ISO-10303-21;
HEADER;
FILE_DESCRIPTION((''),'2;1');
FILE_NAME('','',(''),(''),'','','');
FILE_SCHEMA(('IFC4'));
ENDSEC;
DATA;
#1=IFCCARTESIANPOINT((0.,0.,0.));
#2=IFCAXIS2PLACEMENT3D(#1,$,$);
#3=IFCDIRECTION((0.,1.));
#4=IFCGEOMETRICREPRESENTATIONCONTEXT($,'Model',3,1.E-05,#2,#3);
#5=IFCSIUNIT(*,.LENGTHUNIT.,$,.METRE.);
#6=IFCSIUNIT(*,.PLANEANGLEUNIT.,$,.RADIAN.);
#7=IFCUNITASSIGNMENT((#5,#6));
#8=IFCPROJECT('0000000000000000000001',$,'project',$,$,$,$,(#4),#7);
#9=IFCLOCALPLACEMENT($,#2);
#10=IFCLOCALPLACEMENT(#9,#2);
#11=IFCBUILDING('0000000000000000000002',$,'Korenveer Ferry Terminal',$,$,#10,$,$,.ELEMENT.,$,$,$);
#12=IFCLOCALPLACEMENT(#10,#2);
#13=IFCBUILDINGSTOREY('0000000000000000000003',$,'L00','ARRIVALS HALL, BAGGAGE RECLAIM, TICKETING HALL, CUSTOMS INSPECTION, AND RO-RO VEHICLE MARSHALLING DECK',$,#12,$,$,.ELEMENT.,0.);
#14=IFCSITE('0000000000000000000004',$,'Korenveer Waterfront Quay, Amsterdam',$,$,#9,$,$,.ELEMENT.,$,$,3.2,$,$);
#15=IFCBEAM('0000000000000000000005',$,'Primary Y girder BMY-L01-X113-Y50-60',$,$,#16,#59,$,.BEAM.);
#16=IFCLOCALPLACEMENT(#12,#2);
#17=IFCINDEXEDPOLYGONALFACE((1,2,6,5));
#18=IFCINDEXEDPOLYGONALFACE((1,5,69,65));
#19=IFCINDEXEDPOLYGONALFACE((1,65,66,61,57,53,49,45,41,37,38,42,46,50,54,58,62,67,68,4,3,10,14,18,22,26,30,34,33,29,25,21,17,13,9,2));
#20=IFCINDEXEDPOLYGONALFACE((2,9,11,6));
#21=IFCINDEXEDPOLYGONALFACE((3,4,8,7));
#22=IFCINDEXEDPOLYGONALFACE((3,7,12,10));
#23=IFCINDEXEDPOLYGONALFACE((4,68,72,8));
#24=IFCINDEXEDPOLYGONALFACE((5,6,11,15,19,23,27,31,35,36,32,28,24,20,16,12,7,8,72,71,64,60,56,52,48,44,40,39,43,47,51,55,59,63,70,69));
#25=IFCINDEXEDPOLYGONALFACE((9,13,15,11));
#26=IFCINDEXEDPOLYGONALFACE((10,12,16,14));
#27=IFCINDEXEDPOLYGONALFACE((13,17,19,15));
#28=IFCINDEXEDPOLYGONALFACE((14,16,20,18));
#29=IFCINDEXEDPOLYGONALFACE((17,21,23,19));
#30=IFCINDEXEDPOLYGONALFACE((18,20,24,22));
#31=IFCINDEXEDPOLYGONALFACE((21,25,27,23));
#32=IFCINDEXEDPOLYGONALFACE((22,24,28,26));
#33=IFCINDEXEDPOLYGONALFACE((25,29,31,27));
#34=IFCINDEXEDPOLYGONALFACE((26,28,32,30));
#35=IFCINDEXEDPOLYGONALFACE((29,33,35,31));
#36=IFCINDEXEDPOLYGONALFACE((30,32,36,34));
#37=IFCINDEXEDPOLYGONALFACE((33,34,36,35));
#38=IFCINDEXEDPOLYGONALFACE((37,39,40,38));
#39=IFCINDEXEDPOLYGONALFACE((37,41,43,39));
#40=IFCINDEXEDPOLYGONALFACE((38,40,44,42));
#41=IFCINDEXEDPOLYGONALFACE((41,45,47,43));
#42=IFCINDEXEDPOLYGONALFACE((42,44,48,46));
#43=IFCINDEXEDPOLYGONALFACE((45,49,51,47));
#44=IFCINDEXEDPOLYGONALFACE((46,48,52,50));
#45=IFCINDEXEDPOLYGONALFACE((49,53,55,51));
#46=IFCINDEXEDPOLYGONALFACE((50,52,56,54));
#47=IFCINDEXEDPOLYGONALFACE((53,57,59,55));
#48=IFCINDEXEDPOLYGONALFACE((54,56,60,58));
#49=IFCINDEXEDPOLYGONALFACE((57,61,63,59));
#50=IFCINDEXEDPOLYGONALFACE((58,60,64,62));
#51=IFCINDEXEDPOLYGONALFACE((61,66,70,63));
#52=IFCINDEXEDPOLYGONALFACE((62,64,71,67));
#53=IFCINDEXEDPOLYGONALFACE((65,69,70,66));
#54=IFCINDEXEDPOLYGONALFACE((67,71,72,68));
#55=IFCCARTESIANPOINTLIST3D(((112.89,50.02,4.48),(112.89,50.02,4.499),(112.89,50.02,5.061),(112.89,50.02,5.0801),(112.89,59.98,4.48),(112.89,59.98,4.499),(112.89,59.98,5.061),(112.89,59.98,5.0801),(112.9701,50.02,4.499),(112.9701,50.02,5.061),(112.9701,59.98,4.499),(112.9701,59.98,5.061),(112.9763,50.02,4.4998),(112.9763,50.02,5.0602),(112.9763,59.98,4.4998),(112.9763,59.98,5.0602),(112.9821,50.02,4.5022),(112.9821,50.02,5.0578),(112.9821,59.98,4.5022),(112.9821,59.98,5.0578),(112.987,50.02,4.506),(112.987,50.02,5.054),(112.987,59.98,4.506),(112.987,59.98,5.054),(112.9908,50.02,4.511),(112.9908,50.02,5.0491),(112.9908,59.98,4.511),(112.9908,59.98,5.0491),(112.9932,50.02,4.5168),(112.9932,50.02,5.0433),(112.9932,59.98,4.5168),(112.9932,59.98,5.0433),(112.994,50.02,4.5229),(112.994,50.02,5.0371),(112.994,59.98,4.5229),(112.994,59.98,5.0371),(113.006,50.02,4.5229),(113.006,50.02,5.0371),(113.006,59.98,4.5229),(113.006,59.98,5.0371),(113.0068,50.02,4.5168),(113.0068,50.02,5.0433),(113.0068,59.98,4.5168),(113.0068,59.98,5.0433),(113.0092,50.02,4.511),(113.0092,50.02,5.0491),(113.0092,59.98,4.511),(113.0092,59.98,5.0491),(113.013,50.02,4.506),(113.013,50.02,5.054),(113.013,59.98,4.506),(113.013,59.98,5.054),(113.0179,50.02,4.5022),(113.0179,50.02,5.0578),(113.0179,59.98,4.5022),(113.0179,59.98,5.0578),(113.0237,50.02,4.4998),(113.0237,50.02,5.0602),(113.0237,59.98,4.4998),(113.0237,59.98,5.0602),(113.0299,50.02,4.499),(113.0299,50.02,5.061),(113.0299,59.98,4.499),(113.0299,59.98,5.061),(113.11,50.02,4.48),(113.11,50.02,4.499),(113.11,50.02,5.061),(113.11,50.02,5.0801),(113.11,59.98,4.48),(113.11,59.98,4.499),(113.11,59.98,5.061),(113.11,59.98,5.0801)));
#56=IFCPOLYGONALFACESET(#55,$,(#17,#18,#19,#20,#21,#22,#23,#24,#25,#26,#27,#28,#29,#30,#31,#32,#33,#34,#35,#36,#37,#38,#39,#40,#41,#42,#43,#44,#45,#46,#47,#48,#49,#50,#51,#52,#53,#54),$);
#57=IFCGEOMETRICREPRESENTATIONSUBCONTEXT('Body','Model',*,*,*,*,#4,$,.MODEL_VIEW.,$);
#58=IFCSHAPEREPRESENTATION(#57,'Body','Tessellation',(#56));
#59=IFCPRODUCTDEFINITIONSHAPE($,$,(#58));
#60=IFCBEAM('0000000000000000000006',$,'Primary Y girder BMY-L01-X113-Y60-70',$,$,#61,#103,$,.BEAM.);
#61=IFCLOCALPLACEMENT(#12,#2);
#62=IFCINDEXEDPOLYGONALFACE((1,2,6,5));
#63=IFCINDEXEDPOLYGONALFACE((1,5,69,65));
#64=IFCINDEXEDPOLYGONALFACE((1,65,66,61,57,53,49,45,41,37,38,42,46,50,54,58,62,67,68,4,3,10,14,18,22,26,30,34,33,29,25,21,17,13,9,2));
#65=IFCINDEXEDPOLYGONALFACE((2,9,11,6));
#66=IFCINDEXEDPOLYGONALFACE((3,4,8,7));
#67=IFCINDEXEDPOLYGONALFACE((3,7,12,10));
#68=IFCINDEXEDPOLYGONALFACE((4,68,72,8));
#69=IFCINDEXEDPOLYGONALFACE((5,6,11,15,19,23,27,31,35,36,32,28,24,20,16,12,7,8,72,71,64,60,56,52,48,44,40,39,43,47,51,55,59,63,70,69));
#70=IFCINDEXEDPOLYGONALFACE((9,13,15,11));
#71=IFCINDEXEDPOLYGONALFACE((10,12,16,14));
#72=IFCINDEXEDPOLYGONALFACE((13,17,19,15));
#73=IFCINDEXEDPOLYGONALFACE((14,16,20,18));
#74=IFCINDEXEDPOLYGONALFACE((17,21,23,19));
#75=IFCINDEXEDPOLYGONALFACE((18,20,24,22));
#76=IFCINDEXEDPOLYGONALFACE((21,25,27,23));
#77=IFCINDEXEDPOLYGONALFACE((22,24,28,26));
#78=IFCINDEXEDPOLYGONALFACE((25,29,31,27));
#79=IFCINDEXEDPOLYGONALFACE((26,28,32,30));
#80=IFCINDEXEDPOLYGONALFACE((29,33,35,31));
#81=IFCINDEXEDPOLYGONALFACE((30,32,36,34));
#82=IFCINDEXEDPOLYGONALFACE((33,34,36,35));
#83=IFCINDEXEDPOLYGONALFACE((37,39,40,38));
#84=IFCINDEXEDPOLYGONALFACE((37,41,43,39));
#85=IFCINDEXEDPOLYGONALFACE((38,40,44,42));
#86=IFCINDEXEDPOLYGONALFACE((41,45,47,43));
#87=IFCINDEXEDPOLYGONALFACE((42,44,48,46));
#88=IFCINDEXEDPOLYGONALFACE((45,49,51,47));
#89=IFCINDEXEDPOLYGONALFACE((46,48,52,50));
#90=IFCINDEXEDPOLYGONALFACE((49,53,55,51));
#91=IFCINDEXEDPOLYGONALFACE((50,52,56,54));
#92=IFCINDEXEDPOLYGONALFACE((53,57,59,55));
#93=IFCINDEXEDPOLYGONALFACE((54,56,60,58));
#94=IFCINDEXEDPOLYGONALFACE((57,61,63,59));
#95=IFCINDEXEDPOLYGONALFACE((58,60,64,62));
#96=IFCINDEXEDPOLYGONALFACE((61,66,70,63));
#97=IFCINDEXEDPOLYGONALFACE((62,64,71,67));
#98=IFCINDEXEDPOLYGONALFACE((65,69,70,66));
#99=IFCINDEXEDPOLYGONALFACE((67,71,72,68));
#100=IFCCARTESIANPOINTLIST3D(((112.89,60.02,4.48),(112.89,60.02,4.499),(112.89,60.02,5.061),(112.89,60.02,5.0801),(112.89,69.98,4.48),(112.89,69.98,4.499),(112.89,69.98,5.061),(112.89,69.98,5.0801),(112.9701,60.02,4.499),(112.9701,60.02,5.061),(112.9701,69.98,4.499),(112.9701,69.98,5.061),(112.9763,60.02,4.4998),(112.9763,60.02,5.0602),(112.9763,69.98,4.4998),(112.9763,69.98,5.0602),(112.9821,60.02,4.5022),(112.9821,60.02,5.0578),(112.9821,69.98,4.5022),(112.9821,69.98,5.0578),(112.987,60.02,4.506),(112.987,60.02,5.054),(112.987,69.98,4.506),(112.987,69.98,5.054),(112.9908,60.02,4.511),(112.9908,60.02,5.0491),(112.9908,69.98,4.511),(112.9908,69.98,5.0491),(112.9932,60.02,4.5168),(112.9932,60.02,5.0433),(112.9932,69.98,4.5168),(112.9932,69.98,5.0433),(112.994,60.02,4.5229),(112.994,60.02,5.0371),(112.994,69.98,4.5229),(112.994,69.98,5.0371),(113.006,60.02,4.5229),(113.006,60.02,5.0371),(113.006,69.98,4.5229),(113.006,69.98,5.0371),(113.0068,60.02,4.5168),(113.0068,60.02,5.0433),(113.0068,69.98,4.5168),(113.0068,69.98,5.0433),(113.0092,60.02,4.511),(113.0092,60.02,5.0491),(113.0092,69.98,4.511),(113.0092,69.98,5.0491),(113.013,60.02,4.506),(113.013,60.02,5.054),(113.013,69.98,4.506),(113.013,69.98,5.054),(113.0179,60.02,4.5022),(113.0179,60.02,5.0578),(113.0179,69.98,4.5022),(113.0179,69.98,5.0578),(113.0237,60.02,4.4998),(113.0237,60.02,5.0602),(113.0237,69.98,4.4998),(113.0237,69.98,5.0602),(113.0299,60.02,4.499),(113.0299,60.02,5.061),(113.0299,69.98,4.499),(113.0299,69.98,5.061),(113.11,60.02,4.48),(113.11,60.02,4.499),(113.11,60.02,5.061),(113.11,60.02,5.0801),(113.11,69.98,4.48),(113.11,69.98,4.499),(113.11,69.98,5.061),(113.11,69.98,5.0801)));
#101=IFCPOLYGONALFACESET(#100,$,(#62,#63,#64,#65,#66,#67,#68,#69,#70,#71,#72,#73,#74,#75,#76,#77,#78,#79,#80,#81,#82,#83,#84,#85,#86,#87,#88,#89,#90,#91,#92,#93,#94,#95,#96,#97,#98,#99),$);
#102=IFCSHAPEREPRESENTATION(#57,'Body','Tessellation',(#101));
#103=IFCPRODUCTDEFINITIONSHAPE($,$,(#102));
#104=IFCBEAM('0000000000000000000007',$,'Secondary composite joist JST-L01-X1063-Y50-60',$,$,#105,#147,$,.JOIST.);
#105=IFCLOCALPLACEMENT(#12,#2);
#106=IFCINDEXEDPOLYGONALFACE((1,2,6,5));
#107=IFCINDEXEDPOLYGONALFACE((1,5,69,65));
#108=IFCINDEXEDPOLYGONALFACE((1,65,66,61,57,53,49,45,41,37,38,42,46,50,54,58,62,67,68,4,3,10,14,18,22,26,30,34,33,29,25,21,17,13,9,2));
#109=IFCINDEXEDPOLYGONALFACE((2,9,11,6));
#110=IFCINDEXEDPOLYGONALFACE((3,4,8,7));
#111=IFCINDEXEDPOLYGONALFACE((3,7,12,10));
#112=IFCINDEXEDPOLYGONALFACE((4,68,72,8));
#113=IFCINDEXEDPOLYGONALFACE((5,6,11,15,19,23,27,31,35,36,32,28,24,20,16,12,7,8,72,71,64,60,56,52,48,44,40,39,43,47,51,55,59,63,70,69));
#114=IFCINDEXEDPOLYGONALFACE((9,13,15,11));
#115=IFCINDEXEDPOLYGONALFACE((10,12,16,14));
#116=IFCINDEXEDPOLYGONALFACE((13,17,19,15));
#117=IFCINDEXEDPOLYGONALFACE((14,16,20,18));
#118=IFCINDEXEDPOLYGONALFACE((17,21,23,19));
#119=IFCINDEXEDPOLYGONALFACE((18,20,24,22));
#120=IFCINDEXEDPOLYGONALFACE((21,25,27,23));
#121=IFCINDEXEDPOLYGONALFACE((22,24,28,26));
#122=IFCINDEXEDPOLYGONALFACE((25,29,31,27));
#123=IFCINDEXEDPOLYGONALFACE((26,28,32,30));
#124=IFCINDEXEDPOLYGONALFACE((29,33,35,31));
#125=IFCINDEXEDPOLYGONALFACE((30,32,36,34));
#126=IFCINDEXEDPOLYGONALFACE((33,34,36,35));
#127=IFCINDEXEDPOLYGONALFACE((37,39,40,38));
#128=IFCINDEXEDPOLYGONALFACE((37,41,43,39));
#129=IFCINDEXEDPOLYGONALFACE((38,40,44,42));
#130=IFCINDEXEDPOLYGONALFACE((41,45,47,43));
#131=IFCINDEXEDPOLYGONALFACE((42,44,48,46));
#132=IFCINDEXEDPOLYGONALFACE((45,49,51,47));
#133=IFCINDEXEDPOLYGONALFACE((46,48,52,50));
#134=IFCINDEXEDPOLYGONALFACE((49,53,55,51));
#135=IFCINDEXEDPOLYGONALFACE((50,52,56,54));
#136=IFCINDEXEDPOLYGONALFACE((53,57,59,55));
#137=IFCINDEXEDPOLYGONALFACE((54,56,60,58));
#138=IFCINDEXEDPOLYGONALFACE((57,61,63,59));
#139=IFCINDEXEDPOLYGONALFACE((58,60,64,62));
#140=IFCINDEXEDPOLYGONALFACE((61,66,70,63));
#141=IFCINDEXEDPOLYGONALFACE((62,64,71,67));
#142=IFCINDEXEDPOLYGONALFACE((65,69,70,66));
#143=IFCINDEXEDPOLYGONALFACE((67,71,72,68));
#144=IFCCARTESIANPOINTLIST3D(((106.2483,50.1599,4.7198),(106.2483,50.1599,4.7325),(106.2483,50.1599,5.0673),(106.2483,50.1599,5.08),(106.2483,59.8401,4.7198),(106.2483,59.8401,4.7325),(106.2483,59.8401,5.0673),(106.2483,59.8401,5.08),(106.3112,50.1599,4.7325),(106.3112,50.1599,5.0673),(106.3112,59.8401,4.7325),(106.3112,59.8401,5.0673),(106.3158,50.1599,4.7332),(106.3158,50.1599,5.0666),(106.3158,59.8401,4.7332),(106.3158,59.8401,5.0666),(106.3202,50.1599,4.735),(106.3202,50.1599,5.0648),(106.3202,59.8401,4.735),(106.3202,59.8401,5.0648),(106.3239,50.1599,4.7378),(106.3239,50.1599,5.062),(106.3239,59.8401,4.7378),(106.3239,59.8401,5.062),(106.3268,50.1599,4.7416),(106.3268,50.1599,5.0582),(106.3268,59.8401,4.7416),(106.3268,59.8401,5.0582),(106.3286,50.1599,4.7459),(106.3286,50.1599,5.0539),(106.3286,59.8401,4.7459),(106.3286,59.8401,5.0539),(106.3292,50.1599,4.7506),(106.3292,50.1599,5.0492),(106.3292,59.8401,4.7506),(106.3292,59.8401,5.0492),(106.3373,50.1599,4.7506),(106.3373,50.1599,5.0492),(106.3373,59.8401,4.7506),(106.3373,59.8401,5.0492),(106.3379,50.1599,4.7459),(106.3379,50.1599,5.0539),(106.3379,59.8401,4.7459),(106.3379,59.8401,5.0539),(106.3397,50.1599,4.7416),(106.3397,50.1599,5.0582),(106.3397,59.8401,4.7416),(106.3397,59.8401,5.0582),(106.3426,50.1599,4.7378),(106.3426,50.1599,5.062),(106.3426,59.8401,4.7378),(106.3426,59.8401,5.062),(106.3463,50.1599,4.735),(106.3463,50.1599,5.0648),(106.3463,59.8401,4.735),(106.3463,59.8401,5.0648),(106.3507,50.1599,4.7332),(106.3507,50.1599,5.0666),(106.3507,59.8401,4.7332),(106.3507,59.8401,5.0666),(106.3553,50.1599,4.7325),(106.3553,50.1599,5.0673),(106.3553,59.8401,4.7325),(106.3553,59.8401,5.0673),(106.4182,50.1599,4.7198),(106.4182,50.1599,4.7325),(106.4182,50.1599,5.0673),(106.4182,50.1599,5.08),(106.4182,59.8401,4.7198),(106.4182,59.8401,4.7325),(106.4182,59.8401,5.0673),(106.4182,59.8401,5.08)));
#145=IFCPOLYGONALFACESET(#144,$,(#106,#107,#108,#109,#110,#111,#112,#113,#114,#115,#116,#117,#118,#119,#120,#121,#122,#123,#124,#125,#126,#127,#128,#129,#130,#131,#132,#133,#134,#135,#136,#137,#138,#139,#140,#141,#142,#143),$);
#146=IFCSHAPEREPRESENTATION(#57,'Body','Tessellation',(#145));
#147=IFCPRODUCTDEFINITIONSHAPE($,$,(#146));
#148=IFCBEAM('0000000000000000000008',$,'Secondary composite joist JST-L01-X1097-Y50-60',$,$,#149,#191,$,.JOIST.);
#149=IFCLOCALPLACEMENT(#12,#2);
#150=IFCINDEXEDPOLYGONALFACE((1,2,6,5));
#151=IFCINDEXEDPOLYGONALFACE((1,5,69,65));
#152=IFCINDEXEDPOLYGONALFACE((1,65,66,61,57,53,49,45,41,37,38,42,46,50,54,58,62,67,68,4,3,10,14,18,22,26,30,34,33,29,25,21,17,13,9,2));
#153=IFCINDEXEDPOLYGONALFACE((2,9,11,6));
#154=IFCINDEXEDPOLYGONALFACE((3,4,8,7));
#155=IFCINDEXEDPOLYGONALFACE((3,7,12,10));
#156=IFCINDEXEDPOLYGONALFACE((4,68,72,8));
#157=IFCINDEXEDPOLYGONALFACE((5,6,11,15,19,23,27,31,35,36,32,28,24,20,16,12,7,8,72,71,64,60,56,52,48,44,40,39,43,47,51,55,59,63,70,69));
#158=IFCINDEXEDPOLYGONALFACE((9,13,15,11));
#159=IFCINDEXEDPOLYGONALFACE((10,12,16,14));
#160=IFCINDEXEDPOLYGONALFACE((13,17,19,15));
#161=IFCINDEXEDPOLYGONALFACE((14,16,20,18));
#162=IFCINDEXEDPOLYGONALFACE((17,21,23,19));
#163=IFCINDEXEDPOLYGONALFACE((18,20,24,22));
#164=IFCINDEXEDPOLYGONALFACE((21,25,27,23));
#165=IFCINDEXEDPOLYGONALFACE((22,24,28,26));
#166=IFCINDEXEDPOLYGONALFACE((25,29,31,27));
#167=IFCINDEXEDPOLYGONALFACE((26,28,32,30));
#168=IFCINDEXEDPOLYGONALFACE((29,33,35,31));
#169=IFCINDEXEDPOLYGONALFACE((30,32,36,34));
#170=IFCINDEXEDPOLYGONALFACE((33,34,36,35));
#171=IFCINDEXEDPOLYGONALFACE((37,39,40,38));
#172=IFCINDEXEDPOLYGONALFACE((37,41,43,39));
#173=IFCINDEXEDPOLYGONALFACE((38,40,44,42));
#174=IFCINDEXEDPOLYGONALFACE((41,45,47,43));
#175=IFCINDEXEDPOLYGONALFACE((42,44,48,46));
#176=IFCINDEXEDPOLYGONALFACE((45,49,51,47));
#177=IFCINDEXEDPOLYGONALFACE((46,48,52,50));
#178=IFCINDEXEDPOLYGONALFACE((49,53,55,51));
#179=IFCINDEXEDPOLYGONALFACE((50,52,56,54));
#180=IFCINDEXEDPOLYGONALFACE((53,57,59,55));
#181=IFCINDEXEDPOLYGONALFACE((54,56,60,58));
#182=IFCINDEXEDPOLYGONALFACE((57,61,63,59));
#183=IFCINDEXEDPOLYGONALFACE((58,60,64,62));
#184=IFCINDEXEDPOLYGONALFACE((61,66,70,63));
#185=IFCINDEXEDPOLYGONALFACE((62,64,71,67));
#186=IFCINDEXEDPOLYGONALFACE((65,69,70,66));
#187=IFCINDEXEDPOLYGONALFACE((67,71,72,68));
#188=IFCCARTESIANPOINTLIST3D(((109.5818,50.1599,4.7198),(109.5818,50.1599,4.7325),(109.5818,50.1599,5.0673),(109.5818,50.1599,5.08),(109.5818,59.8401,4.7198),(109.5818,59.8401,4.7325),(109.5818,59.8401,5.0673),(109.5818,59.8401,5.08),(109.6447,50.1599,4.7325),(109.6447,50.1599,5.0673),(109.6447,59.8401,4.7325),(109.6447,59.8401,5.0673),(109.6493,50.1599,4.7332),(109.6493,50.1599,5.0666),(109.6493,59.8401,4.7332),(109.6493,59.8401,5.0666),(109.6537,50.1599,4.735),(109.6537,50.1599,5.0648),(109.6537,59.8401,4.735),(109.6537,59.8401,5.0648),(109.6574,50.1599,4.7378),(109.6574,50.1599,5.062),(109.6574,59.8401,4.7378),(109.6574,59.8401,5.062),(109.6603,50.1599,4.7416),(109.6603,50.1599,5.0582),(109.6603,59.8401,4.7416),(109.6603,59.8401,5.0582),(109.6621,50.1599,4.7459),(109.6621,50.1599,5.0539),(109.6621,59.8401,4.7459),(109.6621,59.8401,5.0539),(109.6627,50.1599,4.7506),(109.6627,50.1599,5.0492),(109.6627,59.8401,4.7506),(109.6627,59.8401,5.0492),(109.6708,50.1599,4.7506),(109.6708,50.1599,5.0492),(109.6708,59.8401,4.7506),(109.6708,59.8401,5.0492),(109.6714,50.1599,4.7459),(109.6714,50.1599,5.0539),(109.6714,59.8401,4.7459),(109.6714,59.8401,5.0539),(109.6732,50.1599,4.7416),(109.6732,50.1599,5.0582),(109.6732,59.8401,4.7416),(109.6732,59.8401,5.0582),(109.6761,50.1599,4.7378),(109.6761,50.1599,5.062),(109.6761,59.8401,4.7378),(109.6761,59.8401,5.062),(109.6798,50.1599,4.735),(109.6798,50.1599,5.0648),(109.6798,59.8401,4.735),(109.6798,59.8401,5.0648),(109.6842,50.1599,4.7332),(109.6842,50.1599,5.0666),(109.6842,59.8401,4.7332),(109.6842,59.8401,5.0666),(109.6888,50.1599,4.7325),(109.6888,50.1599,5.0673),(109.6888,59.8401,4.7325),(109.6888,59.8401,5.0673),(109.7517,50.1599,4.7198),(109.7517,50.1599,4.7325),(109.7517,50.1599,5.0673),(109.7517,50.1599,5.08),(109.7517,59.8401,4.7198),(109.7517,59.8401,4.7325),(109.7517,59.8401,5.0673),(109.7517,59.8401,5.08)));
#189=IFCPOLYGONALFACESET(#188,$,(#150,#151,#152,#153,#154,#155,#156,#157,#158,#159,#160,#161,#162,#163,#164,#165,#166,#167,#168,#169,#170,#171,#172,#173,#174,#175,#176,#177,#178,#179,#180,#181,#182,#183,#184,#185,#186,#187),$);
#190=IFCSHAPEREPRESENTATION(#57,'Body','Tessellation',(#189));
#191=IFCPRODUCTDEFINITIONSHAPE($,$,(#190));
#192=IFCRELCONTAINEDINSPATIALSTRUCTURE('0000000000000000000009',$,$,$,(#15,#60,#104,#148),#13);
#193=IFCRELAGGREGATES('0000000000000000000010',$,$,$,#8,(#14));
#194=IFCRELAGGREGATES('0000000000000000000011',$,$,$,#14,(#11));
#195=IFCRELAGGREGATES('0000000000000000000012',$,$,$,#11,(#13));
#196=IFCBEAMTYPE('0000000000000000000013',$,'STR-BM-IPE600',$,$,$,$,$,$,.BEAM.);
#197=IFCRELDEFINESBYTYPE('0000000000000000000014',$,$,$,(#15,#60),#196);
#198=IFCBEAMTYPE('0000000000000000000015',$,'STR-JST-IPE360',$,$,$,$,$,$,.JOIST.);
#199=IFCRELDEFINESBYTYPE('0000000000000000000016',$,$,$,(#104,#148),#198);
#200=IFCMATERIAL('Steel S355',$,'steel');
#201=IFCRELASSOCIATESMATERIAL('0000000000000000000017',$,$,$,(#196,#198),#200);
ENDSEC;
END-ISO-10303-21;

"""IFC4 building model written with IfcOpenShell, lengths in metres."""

from ifc_helpers import new_model, si_unit, direction, frame, origin, origin_2d, place, context, subcontext, project, spatial, i_section, extrude, material, material_profile, profile_set, type_object, element, save


model = new_model("IFC4")

# Units and contexts
model_context = context("Model", 3, precision=1e-05, world=origin(), true_north=direction((0.0, 1.0)))
body_context = subcontext(model_context, "Body", "Model", "MODEL_VIEW")
ifc_project = project(units=[si_unit("LENGTHUNIT", "METRE"), si_unit("PLANEANGLEUNIT", "RADIAN")], contexts=[model_context])

# Site, building, storey
site_placement = place(None, origin())
site = spatial("IfcSite", under=ifc_project, at=site_placement, Name="Korenveer Waterfront Quay, Amsterdam", CompositionType="ELEMENT", RefElevation=3.2)
building_placement = place(site_placement, origin())
building = spatial("IfcBuilding", under=site, at=building_placement, Name="Korenveer Ferry Terminal", CompositionType="ELEMENT")
storey_placement = place(building_placement, origin())
storey = spatial("IfcBuildingStorey", under=building, at=storey_placement, Name="L00", Description="ARRIVALS HALL, BAGGAGE RECLAIM, TICKETING HALL, CUSTOMS INSPECTION, AND RO-RO VEHICLE MARSHALLING DECK", CompositionType="ELEMENT", Elevation=0.0)

# Shared definitions
ifc_material_1 = material(Name="Steel S355", Category="steel")

# Beams
ifc_material_profile_1 = material_profile(ifc_material_1, i_section(OverallWidth=0.22, OverallDepth=0.6001, WebThickness=0.012, FlangeThickness=0.019, FilletRadius=0.0239, at=origin_2d()), Name="IPE 600")
ifc_profile_set_1 = profile_set([ifc_material_profile_1], Name="Steel S355")
beam_type_1 = type_object("IfcBeamType", Name="STR-BM-IPE600", PredefinedType="BEAM", material=ifc_profile_set_1)
for number, where, z_axis, x_axis, name in (
    (1, (113.0, 50.02, 4.78), (0.0, 1.0, 0.0), (-1.0, 0.0, 0.0), "Primary Y girder BMY-L01-X113-Y50-60"),
    (2, (113.0, 60.02, 4.78), (0.0, 1.0, 0.0), (-1.0, 0.0, 0.0), "Primary Y girder BMY-L01-X113-Y60-70"),
):
    element("IfcBeam", number, at=place(storey_placement, frame(where, z_axis=z_axis, x_axis=x_axis)), inside=storey, type_object=beam_type_1, Name=name, PredefinedType="BEAM", context=body_context, shape_type="SweptSolid", body=[
        extrude(i_section(OverallWidth=0.22, OverallDepth=0.6001, WebThickness=0.012, FlangeThickness=0.019, FilletRadius=0.0239, at=origin_2d()), origin(), (0.0, 0.0, 1.0), 9.96),
    ])
ifc_material_profile_2 = material_profile(ifc_material_1, i_section(OverallWidth=0.1699, OverallDepth=0.3601, WebThickness=0.0081, FlangeThickness=0.0127, FilletRadius=0.0181, at=origin_2d()), Name="IPE 360")
ifc_profile_set_2 = profile_set([ifc_material_profile_2], Name="Steel S355")
beam_type_2 = type_object("IfcBeamType", Name="STR-JST-IPE360", PredefinedType="JOIST", material=ifc_profile_set_2)
for number, where, z_axis, x_axis, name in (
    (3, (106.3333, 50.1599, 4.8999), (0.0, 1.0, 0.0), (-1.0, 0.0, 0.0), "Secondary composite joist JST-L01-X1063-Y50-60"),
    (4, (109.6667, 50.1599, 4.8999), (0.0, 1.0, 0.0), (-1.0, 0.0, 0.0), "Secondary composite joist JST-L01-X1097-Y50-60"),
):
    element("IfcBeam", number, at=place(storey_placement, frame(where, z_axis=z_axis, x_axis=x_axis)), inside=storey, type_object=beam_type_2, Name=name, PredefinedType="JOIST", context=body_context, shape_type="SweptSolid", body=[
        extrude(i_section(OverallWidth=0.1699, OverallDepth=0.3601, WebThickness=0.0081, FlangeThickness=0.0127, FilletRadius=0.0181, at=origin_2d()), origin(), (0.0, 0.0, 1.0), 9.6802),
    ])

save(model, "model.ifc")
